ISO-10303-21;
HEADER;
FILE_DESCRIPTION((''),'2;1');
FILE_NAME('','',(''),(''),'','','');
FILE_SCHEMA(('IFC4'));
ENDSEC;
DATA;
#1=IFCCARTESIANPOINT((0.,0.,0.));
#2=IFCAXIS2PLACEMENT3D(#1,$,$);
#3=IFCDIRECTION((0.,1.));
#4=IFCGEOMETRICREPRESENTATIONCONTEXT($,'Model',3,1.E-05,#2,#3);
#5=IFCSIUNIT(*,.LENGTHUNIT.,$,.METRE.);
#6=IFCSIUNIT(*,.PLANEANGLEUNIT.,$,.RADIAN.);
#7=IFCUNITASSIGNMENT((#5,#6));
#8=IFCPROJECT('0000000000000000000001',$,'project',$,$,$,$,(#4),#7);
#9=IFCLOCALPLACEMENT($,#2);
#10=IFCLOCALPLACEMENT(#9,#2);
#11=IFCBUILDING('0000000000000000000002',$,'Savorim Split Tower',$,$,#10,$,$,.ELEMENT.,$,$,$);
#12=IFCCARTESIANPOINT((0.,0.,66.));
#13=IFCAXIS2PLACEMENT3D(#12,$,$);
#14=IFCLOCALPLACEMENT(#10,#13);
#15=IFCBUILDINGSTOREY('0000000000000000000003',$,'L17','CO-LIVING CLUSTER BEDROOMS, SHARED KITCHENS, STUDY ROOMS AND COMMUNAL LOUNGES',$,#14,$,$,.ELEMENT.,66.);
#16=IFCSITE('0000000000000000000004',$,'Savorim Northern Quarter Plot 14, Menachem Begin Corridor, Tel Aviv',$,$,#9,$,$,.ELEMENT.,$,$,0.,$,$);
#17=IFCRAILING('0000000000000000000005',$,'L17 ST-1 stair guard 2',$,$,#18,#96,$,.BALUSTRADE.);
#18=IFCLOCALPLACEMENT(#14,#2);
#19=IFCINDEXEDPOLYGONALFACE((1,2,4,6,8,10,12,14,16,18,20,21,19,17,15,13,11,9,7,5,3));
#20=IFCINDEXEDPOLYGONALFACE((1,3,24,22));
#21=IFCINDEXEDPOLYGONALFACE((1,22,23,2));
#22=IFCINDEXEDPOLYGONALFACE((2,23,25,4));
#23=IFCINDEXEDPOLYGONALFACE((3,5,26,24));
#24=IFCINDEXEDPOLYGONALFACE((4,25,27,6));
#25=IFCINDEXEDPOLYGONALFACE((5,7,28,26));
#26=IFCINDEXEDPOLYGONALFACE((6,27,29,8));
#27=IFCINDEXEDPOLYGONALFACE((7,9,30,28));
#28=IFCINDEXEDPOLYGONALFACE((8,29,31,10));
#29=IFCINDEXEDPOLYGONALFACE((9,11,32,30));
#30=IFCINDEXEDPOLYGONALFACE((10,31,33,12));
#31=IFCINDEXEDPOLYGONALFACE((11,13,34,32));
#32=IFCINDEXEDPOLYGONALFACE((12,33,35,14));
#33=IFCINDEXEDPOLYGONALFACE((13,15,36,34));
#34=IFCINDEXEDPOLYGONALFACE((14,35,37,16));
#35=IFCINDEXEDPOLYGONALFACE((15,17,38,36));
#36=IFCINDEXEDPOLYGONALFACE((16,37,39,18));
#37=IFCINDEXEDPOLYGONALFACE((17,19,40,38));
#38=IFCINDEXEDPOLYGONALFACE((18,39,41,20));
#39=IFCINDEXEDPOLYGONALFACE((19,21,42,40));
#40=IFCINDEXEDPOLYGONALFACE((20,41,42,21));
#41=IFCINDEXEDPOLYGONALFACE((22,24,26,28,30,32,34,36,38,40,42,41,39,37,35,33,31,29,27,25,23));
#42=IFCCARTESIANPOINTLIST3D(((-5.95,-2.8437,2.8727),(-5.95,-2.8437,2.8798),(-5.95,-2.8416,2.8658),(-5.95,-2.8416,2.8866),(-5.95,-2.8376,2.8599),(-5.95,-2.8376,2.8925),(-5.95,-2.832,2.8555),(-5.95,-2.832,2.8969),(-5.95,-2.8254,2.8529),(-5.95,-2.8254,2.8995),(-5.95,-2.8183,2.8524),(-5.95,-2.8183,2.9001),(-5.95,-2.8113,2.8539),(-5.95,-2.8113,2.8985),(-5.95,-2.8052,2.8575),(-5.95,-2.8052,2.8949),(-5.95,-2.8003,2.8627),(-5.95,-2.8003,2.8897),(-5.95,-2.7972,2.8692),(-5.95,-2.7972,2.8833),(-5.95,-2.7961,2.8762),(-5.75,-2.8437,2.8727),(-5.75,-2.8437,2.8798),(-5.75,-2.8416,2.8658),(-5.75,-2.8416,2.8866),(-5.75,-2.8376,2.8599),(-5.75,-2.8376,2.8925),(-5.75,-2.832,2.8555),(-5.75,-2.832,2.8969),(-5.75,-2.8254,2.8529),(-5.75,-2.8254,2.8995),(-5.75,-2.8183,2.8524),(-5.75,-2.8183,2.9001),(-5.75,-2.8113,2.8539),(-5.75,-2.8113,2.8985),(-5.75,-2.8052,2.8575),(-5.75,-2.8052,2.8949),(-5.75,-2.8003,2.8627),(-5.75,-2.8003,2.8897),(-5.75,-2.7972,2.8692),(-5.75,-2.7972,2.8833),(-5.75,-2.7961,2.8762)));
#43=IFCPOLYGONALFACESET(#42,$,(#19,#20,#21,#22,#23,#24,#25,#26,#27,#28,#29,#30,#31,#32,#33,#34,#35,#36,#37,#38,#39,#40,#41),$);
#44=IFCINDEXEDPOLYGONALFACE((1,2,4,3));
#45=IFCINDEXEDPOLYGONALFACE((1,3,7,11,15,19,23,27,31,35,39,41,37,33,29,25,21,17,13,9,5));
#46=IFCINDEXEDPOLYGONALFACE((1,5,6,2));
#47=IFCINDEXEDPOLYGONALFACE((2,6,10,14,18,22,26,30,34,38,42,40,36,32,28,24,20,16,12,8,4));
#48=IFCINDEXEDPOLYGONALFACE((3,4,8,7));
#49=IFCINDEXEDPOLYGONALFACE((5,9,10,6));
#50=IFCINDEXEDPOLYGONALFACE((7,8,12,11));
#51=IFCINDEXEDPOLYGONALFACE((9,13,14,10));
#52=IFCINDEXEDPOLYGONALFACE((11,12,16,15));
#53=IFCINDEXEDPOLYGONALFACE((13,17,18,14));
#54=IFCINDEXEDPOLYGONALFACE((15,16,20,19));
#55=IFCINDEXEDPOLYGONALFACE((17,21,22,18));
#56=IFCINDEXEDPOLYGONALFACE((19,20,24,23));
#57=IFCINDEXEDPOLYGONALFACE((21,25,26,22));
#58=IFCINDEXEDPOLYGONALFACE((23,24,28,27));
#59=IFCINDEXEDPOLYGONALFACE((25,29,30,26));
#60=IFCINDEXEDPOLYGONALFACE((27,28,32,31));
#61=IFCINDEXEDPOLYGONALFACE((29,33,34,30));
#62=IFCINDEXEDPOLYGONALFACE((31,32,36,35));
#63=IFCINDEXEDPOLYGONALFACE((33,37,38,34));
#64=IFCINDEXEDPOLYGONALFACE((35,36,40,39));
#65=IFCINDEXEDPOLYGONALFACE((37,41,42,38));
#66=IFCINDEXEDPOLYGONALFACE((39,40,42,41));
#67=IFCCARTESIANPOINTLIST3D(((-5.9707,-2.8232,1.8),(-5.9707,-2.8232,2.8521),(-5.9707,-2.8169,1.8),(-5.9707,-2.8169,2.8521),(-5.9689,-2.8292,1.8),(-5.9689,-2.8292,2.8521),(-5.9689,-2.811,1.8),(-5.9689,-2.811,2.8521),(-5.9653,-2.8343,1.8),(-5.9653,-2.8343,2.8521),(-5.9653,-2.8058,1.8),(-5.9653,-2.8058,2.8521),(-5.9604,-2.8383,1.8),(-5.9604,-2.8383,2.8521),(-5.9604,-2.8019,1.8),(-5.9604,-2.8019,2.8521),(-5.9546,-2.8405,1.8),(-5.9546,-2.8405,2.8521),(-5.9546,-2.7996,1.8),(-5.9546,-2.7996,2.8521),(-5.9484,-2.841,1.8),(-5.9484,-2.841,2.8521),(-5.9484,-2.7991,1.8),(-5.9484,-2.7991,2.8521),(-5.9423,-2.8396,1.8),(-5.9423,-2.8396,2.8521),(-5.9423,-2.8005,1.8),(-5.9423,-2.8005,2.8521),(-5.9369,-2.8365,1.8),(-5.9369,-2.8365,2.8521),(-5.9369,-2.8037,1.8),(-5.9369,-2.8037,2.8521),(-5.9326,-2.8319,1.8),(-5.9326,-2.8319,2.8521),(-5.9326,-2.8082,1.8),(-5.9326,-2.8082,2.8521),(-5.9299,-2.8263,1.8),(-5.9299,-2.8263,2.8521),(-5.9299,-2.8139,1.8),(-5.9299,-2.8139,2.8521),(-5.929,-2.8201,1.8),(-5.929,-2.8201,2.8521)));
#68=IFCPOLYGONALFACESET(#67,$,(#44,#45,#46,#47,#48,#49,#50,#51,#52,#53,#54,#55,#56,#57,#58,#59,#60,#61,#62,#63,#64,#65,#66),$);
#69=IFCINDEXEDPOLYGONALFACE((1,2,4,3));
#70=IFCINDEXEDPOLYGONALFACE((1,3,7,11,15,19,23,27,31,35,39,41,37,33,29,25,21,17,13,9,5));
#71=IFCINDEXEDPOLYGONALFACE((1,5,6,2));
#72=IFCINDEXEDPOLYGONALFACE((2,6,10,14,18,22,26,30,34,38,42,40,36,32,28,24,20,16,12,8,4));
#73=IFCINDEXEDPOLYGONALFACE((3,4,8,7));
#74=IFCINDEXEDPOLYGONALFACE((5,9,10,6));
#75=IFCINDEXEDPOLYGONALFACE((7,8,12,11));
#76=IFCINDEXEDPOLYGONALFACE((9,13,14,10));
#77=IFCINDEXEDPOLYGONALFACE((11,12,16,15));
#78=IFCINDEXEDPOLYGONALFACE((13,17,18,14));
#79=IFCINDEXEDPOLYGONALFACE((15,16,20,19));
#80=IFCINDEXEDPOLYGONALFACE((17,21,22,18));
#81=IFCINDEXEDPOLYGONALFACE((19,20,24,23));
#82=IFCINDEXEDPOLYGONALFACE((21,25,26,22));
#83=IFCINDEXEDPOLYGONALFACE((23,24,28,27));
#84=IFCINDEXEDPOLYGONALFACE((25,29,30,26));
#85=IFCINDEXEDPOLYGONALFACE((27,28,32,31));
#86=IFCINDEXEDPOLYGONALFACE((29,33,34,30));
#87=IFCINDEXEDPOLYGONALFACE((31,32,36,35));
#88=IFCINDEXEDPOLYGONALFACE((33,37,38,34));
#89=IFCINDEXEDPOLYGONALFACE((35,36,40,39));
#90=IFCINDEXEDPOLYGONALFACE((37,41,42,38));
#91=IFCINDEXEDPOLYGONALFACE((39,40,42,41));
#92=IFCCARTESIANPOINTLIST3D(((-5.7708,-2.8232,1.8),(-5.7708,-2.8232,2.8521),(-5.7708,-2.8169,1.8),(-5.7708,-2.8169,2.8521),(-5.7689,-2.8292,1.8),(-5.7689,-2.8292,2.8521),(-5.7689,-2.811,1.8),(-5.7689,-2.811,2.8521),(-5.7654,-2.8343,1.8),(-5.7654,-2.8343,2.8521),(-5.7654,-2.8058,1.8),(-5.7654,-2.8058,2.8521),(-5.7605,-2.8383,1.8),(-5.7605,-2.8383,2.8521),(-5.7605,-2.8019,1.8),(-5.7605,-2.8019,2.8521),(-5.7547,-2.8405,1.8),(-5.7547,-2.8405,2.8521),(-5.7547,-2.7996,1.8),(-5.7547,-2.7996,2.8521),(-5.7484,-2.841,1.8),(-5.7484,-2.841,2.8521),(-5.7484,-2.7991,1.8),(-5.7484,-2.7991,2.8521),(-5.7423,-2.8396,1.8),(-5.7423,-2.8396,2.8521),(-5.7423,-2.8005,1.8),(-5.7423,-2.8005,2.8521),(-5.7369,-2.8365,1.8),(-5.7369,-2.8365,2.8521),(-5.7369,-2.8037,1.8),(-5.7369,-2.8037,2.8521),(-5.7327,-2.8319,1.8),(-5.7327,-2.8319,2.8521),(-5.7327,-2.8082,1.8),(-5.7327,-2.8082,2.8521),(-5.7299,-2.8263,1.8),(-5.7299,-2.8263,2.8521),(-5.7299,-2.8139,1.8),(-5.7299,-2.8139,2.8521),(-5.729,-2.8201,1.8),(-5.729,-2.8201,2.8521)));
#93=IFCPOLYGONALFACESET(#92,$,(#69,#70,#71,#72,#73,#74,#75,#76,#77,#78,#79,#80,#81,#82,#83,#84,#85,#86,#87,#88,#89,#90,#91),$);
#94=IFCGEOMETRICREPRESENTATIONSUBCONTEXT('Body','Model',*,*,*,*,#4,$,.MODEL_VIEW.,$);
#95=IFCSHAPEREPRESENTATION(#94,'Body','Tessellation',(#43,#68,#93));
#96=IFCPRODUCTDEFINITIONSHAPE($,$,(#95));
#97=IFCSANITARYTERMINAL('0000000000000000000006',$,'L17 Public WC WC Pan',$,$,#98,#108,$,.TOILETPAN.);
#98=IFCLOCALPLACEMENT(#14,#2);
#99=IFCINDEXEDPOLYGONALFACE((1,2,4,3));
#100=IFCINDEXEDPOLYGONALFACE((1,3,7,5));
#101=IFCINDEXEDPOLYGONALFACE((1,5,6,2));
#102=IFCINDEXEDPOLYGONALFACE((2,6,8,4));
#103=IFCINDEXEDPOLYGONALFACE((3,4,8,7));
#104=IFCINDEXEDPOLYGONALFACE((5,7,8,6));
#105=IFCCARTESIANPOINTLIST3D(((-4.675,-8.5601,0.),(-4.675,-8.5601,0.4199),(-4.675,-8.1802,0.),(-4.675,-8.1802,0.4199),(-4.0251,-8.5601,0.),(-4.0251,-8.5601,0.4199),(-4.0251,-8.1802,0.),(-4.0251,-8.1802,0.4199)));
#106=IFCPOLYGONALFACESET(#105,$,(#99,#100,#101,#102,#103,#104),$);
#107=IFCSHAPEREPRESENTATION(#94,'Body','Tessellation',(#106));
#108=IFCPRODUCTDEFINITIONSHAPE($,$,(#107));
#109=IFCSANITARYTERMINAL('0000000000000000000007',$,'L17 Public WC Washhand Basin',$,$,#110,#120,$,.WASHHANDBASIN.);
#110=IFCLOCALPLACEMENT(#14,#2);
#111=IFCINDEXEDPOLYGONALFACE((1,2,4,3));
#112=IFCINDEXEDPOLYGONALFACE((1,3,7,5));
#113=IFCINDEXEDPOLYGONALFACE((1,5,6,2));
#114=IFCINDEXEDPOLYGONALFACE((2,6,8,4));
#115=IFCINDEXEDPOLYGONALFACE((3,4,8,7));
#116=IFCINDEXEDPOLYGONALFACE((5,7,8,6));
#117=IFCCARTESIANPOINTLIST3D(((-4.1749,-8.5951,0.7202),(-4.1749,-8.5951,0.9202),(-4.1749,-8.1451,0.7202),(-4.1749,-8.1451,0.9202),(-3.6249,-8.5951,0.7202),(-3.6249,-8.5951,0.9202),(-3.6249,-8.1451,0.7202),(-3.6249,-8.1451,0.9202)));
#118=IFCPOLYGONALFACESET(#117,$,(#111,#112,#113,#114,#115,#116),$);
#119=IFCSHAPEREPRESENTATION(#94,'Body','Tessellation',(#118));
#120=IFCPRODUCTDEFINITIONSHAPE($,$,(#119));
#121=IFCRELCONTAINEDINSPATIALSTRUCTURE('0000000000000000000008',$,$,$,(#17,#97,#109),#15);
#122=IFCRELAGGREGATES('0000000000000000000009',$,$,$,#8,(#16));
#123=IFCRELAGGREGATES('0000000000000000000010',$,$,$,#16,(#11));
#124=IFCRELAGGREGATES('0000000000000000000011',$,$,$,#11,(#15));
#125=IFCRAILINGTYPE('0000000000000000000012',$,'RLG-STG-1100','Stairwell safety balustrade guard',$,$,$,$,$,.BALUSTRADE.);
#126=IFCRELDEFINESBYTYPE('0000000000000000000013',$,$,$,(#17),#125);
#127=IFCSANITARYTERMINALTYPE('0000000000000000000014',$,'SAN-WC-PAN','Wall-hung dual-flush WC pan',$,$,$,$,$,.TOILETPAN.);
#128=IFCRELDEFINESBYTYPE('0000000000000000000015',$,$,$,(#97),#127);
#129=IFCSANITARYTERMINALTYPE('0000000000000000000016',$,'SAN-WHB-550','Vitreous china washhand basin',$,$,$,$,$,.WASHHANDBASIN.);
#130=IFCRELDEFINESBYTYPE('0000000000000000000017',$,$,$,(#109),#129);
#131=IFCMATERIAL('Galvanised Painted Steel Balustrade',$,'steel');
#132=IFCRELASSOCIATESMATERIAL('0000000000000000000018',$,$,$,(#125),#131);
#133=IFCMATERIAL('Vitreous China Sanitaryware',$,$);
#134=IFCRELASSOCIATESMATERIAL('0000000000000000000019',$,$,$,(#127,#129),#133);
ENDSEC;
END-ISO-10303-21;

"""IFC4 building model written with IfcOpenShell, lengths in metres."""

from ifc_helpers import new_model, si_unit, direction, frame, origin, origin_2d, place, context, subcontext, project, spatial, rectangle, circle, extrude, material, type_object, element, save


model = new_model("IFC4")

# Units and contexts
model_context = context("Model", 3, precision=1e-05, world=origin(), true_north=direction((0.0, 1.0)))
body_context = subcontext(model_context, "Body", "Model", "MODEL_VIEW")
ifc_project = project(units=[si_unit("LENGTHUNIT", "METRE"), si_unit("PLANEANGLEUNIT", "RADIAN")], contexts=[model_context])

# Site, building, storey
site_placement = place(None, origin())
site = spatial("IfcSite", under=ifc_project, at=site_placement, Name="Savorim Northern Quarter Plot 14, Menachem Begin Corridor, Tel Aviv", CompositionType="ELEMENT", RefElevation=0.0)
building_placement = place(site_placement, origin())
building = spatial("IfcBuilding", under=site, at=building_placement, Name="Savorim Split Tower", CompositionType="ELEMENT")
storey_placement = place(building_placement, frame((0.0, 0.0, 66.0)))
storey = spatial("IfcBuildingStorey", under=building, at=storey_placement, Name="L17", Description="CO-LIVING CLUSTER BEDROOMS, SHARED KITCHENS, STUDY ROOMS AND COMMUNAL LOUNGES", CompositionType="ELEMENT", Elevation=66.0)

# Railing
ifc_material_1 = material(Name="Galvanised Painted Steel Balustrade", Category="steel")
railing_type_1 = type_object("IfcRailingType", Name="RLG-STG-1100", Description="Stairwell safety balustrade guard", PredefinedType="BALUSTRADE", material=ifc_material_1)
railing_1_placement = place(storey_placement, frame((-5.95, -2.8201, 1.8)))
element("IfcRailing", 1, at=railing_1_placement, inside=storey, type_object=railing_type_1, Name="L17 ST-1 stair guard 2", PredefinedType="BALUSTRADE", context=body_context, shape_type="SweptSolid", body=[
    extrude(circle(Radius=0.0239, at=origin_2d()), frame((0.0, 0.0, 1.0762), z_axis=(1.0, 0.0, 0.0), x_axis=(0.0, 1.0, 0.0)), (0.0, 0.0, 1.0), 0.2),
    extrude(circle(Radius=0.021, at=origin_2d()), origin(), (0.0, 0.0, 1.0), 1.052),
    extrude(circle(Radius=0.021, at=origin_2d()), frame((0.2, 0.0, 0.0)), (0.0, 0.0, 1.0), 1.052),
])

# Sanitary terminals
ifc_material_2 = material(Name="Vitreous China Sanitaryware")
sanitary_terminal_type_1 = type_object("IfcSanitaryTerminalType", Name="SAN-WC-PAN", Description="Wall-hung dual-flush WC pan", PredefinedType="TOILETPAN", material=ifc_material_2)
sanitary_terminal_1_placement = place(storey_placement, frame((-4.3501, -8.3701, 0.0), z_axis=(0.0, 0.0, 1.0), x_axis=(1.0, 0.0, 0.0)))
element("IfcSanitaryTerminal", 2, at=sanitary_terminal_1_placement, inside=storey, type_object=sanitary_terminal_type_1, Name="L17 Public WC WC Pan", PredefinedType="TOILETPAN", context=body_context, shape_type="SweptSolid", body=[
    extrude(rectangle(XDim=0.6499, YDim=0.3799, at=origin_2d()), origin(), (0.0, 0.0, 1.0), 0.4199),
])
sanitary_terminal_type_2 = type_object("IfcSanitaryTerminalType", Name="SAN-WHB-550", Description="Vitreous china washhand basin", PredefinedType="WASHHANDBASIN", material=ifc_material_2)
sanitary_terminal_2_placement = place(storey_placement, frame((-3.8999, -8.3701, 0.7202), z_axis=(0.0, 0.0, 1.0), x_axis=(1.0, 0.0, 0.0)))
element("IfcSanitaryTerminal", 3, at=sanitary_terminal_2_placement, inside=storey, type_object=sanitary_terminal_type_2, Name="L17 Public WC Washhand Basin", PredefinedType="WASHHANDBASIN", context=body_context, shape_type="SweptSolid", body=[
    extrude(rectangle(XDim=0.55, YDim=0.45, at=origin_2d()), origin(), (0.0, 0.0, 1.0), 0.2),
])

save(model, "model.ifc")
